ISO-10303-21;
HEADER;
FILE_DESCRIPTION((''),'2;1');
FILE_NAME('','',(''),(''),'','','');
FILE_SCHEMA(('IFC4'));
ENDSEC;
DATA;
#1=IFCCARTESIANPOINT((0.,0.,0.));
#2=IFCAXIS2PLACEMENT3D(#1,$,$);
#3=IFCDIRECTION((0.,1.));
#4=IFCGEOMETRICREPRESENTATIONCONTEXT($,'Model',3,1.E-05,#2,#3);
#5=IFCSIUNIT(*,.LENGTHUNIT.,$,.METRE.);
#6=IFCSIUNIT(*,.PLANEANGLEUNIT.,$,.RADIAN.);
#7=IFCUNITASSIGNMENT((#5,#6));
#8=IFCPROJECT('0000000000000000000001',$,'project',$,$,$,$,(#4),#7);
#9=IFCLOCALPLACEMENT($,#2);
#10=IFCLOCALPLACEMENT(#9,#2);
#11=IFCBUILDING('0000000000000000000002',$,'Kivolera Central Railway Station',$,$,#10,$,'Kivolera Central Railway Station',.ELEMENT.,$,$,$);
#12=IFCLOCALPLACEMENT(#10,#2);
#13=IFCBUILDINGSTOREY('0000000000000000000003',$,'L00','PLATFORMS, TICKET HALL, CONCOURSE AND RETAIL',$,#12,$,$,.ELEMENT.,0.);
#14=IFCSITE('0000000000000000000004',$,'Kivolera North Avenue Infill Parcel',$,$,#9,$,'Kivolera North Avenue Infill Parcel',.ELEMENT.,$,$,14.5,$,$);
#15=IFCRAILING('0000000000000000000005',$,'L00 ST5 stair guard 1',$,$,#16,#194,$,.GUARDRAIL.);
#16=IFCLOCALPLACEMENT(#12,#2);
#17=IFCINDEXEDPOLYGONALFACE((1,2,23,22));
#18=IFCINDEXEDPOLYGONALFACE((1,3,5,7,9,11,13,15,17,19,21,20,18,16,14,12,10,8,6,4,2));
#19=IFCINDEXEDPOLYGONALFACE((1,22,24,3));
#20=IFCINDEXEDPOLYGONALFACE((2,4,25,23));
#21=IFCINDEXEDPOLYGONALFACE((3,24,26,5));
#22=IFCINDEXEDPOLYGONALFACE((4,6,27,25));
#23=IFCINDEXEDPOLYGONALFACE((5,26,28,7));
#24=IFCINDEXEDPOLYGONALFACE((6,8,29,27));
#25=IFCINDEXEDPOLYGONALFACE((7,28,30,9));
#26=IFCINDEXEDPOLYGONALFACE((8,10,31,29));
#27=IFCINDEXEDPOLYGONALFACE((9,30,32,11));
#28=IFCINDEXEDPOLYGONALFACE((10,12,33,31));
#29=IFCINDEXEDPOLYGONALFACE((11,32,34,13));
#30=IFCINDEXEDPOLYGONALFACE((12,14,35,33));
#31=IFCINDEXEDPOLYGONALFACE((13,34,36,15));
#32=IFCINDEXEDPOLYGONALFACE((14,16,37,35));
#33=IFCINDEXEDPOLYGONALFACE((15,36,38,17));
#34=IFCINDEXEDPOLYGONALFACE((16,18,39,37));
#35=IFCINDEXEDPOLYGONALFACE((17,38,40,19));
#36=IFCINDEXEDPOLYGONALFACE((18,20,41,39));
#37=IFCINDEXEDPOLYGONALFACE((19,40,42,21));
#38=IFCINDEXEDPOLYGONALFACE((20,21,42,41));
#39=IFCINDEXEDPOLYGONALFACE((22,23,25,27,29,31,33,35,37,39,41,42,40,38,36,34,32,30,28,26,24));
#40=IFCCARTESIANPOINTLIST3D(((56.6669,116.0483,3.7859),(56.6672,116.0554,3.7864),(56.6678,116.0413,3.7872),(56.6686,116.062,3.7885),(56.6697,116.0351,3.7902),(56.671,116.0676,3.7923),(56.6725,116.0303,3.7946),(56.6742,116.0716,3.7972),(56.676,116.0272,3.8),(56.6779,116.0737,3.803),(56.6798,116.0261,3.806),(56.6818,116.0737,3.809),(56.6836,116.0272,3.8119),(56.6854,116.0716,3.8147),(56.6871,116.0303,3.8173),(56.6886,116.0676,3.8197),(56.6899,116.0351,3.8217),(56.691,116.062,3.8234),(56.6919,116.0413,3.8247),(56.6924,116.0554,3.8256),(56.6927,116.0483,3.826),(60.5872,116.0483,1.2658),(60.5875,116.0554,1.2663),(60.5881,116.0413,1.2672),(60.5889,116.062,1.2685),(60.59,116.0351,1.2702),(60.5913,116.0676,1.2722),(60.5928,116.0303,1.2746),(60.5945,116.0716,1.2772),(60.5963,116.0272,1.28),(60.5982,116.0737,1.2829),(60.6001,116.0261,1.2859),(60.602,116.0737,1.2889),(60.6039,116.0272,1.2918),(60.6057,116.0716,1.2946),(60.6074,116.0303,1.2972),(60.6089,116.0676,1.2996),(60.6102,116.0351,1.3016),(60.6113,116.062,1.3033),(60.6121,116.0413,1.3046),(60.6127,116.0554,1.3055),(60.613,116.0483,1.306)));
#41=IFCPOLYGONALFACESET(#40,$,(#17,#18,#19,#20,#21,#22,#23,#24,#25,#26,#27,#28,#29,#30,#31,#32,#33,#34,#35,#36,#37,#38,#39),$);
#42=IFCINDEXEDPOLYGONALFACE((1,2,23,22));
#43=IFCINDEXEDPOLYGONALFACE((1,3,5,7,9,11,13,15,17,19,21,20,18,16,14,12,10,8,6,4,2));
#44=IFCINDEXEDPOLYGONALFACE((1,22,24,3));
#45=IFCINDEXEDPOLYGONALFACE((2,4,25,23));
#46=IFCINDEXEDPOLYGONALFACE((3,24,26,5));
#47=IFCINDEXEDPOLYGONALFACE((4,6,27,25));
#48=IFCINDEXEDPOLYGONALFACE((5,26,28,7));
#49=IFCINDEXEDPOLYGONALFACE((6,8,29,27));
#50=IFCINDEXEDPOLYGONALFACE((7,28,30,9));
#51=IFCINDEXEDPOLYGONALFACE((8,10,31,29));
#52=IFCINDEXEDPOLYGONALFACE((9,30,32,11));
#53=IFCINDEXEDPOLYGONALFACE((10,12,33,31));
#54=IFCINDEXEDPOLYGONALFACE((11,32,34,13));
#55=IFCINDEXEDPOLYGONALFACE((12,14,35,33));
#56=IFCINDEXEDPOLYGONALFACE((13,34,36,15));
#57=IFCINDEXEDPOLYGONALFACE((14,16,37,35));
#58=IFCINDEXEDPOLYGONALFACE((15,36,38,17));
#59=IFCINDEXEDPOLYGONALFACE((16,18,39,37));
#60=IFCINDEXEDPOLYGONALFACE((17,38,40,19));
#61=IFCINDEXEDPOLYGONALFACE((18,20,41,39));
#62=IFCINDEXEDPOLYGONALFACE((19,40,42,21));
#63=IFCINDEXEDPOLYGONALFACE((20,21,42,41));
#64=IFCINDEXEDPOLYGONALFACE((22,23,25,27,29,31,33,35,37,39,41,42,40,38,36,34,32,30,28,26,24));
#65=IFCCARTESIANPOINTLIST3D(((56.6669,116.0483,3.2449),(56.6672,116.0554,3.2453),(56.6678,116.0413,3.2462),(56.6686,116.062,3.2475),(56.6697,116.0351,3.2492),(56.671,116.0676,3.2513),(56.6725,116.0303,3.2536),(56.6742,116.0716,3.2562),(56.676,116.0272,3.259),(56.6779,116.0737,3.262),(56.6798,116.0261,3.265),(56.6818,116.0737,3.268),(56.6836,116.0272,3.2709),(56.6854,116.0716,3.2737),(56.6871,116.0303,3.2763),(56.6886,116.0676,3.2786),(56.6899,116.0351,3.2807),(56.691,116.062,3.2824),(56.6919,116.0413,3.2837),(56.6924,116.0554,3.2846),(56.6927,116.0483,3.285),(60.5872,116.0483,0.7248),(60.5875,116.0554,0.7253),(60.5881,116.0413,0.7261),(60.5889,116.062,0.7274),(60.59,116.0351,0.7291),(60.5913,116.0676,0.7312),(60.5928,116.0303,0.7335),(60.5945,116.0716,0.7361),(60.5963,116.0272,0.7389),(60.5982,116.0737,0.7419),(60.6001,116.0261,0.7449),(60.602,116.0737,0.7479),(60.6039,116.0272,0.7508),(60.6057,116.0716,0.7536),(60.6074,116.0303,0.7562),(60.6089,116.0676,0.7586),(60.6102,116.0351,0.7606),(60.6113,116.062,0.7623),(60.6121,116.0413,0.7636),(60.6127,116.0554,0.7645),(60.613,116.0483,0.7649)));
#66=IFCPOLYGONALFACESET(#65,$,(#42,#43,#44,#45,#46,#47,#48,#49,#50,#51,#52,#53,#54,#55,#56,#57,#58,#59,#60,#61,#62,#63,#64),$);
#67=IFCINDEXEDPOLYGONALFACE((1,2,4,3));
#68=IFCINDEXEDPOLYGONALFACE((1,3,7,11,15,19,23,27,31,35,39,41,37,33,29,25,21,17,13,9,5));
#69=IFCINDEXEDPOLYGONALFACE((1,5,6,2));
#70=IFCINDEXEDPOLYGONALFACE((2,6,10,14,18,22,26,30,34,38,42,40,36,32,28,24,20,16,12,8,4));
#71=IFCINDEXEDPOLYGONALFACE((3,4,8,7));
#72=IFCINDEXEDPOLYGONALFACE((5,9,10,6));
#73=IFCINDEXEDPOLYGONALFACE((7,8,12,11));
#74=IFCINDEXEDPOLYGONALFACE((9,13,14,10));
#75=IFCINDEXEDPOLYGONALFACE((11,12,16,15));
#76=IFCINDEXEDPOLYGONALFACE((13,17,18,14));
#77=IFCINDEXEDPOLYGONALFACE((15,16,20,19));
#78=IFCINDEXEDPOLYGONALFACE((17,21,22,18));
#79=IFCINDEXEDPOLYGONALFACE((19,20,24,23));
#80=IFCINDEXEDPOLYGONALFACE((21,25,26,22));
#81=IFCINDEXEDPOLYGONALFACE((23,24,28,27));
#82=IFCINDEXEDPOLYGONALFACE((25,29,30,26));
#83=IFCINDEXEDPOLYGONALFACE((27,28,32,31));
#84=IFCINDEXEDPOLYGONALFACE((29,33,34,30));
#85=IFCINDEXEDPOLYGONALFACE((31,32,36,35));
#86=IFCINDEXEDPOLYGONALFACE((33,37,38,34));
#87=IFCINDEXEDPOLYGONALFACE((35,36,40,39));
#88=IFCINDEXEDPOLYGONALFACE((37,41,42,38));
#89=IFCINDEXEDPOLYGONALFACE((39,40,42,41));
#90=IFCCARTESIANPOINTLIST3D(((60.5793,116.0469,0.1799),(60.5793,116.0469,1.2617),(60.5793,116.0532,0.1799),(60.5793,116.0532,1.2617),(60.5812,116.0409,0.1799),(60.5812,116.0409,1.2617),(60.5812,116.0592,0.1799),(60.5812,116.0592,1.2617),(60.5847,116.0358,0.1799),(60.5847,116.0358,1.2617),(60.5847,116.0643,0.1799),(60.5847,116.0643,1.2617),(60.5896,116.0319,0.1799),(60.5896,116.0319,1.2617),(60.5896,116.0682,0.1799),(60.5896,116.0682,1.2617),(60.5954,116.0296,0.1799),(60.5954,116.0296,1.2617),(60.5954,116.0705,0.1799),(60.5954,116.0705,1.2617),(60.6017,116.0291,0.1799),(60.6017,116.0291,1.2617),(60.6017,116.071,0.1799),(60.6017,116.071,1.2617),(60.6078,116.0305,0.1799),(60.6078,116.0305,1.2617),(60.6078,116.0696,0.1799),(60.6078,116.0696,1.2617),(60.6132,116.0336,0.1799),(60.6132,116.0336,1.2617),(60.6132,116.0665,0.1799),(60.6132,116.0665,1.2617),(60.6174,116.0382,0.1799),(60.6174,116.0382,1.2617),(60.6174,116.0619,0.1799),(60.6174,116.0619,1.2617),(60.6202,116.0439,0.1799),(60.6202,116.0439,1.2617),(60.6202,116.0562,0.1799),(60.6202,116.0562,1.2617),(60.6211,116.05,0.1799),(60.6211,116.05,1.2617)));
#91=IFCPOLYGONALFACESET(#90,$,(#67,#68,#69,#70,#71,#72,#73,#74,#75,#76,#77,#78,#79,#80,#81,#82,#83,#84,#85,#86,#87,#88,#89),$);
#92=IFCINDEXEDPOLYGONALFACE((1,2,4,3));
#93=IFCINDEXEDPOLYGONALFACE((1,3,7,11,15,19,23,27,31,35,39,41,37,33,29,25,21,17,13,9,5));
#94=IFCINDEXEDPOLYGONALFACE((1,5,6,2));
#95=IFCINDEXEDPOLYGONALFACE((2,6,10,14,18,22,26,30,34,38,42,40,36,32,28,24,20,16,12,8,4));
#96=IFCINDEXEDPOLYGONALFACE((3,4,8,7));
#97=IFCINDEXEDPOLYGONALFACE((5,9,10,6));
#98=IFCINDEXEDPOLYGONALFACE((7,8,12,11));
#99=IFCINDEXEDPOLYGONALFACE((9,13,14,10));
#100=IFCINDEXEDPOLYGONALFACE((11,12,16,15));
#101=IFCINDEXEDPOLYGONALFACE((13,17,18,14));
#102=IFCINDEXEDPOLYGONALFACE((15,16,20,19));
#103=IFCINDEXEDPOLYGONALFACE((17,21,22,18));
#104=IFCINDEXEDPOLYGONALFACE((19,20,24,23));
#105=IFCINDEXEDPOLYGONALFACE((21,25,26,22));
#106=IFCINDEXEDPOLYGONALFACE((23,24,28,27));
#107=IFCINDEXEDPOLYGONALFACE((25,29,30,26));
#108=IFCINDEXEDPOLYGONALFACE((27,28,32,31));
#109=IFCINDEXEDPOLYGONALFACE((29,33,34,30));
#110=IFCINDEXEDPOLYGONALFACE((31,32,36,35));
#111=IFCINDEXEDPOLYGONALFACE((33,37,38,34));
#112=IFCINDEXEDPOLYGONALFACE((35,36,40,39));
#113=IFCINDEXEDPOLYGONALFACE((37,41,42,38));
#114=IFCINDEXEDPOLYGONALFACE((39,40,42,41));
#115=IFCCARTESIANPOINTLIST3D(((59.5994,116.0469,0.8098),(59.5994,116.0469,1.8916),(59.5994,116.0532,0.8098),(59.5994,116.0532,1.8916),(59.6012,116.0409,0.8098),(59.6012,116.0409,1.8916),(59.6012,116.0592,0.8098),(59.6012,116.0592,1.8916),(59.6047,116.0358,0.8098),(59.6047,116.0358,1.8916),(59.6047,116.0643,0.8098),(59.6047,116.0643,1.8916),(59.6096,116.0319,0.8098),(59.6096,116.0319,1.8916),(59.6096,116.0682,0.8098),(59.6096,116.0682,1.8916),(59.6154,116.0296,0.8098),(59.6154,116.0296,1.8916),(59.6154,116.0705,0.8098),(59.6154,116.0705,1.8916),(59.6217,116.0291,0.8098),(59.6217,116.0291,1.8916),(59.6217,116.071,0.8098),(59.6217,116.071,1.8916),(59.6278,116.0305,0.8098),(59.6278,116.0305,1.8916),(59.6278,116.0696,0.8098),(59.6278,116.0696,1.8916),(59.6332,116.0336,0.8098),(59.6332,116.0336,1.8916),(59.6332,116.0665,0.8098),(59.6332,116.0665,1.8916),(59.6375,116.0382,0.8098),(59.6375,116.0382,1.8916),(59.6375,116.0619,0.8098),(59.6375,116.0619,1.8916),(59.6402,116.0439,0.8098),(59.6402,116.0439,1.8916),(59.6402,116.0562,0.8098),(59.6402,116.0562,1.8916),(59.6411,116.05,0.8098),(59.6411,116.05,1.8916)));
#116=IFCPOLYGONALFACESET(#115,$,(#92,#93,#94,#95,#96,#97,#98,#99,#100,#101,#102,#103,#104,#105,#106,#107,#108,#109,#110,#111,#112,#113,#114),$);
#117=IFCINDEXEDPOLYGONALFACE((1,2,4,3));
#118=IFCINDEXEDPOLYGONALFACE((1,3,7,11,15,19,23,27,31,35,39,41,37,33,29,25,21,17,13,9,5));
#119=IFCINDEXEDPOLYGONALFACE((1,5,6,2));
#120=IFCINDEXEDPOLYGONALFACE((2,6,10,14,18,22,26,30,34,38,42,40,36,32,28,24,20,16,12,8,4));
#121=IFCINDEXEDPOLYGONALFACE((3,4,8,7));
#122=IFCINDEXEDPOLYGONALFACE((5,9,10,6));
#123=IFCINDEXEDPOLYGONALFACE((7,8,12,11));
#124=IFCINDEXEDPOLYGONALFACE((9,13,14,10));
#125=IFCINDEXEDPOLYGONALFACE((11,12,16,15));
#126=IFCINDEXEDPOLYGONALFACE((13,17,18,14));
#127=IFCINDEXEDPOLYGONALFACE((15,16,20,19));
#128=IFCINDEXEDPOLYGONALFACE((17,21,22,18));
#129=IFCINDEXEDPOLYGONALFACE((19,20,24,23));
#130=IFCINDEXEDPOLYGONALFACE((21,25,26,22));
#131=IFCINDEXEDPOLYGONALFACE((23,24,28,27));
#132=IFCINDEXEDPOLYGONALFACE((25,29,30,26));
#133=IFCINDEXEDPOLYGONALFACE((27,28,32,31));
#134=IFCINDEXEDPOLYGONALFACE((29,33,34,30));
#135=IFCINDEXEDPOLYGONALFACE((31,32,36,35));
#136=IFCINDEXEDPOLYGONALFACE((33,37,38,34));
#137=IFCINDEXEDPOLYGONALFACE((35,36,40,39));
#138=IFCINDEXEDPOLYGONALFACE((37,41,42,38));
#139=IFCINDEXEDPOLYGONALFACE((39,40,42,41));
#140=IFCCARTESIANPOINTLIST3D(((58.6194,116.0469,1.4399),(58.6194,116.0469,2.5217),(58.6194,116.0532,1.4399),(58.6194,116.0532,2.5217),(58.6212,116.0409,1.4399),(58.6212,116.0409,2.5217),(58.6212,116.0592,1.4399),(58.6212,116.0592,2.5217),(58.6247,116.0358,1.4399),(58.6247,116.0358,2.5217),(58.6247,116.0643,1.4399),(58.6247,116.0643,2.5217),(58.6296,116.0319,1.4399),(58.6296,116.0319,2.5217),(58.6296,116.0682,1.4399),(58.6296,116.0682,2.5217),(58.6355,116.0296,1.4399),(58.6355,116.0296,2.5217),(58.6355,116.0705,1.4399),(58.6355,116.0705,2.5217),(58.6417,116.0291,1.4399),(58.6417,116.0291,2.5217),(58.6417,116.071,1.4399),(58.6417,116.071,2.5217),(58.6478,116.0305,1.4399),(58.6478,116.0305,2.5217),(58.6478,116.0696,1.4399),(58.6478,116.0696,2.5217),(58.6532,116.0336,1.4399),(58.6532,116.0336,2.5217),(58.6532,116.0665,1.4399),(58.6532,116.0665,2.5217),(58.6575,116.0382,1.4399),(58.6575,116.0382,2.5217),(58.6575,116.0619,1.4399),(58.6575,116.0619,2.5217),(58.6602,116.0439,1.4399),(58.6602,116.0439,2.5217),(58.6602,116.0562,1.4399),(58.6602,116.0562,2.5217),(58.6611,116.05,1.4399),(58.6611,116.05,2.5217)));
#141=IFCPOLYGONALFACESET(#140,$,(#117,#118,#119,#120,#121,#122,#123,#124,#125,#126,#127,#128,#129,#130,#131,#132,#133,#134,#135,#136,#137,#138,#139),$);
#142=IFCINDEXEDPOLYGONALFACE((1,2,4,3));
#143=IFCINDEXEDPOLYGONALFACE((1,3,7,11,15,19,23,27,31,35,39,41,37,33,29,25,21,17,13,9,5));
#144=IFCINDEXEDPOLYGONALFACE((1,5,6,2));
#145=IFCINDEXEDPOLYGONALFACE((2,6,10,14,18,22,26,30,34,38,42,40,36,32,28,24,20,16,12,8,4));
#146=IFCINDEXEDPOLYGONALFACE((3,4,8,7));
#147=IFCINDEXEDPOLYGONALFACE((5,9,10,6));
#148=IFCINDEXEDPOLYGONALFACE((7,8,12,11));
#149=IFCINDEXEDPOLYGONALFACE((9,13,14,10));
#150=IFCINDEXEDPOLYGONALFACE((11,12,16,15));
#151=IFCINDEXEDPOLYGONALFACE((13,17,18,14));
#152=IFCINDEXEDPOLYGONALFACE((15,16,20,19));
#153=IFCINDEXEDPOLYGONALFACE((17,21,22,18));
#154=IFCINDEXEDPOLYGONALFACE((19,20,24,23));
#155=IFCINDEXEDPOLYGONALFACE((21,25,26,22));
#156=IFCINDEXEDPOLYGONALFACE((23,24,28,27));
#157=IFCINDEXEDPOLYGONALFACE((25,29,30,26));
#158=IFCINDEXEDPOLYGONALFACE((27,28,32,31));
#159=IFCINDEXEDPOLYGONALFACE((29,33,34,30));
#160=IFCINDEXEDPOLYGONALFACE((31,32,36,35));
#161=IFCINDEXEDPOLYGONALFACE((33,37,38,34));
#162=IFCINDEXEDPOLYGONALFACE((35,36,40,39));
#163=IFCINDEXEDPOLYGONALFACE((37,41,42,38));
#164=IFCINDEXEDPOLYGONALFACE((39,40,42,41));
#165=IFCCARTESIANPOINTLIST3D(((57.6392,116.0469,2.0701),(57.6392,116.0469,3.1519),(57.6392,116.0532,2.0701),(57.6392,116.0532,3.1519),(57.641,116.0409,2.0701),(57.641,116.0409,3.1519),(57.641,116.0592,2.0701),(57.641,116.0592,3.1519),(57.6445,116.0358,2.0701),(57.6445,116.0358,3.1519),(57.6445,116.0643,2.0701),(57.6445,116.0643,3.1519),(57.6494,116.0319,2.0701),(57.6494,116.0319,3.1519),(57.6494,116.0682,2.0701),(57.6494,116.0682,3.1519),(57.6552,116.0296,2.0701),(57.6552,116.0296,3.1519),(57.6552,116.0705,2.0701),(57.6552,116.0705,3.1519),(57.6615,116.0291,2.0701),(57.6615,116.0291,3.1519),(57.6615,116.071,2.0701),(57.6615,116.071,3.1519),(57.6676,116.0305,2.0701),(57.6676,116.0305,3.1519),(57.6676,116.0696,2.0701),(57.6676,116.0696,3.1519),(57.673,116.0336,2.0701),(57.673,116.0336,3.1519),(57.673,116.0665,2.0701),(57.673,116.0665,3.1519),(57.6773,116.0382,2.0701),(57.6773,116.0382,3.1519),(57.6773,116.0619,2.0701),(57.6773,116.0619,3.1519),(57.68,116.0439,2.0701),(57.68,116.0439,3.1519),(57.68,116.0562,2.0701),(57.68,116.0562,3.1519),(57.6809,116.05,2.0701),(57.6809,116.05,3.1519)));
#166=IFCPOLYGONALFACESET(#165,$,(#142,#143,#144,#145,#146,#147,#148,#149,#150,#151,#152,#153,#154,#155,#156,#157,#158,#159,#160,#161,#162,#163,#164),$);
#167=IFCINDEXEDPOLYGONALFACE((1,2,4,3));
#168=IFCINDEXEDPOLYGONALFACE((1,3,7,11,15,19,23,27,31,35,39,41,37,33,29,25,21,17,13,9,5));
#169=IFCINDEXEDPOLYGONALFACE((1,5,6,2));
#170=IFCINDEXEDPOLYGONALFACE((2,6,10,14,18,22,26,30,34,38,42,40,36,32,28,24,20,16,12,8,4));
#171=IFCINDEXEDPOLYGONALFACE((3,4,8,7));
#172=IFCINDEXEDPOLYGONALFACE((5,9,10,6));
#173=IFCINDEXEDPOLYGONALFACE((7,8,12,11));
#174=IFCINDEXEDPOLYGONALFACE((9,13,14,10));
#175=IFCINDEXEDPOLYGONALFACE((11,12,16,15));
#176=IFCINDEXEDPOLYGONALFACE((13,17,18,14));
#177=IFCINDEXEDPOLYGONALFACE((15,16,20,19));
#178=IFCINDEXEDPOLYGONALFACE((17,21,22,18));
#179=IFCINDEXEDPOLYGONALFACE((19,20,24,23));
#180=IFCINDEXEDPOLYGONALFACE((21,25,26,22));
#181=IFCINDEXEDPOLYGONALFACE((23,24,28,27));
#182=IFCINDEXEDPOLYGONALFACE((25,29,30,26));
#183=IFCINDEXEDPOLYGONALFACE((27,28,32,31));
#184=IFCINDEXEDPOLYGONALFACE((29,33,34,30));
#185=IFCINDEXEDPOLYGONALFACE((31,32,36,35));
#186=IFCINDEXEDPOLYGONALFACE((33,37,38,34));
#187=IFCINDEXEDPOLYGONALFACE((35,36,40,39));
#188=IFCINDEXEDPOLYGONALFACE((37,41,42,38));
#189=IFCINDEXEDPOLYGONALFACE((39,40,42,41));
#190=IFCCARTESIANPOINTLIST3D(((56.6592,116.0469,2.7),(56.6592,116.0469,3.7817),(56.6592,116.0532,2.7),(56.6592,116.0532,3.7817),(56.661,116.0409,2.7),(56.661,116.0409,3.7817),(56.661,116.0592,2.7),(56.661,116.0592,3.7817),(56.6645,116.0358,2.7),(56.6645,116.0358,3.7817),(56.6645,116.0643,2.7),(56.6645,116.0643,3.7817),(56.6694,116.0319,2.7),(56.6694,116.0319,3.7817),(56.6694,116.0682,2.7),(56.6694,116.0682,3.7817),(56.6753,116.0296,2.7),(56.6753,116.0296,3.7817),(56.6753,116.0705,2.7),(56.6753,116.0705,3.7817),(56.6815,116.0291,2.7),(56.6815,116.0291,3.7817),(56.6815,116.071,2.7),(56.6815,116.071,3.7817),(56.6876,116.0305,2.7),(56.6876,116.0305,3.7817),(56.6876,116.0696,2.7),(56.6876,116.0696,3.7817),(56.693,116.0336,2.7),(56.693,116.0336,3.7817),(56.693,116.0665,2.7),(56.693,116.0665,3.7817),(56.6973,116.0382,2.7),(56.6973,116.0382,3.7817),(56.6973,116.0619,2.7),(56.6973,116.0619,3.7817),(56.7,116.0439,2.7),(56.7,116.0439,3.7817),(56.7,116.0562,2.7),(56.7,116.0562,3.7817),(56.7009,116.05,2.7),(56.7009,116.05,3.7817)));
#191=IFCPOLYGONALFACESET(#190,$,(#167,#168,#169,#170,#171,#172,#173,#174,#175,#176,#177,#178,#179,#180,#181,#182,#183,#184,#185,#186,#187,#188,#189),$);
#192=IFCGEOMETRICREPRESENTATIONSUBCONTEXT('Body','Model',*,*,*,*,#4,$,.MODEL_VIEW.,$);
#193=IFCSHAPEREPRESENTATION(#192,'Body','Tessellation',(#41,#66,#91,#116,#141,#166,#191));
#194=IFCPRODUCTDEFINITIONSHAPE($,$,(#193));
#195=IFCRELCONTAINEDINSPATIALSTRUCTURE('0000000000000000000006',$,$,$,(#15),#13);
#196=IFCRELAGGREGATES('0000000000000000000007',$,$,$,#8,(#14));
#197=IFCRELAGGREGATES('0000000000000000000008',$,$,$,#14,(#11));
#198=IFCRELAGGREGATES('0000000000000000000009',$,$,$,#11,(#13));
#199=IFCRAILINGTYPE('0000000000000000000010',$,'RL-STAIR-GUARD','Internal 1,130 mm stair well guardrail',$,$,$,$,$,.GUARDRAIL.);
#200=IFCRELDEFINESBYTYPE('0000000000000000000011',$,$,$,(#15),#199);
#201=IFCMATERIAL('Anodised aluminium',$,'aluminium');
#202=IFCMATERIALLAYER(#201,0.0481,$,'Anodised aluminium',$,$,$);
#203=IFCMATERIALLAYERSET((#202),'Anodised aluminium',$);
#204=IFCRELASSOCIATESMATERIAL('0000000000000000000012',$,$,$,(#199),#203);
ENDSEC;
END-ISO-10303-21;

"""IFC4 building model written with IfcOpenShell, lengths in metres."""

from ifc_helpers import new_model, si_unit, direction, frame, origin, origin_2d, place, context, subcontext, project, spatial, circle, extrude, material, layer, layer_set, type_object, element, save


model = new_model("IFC4")

# Units and contexts
model_context = context("Model", 3, precision=1e-05, world=origin(), true_north=direction((0.0, 1.0)))
body_context = subcontext(model_context, "Body", "Model", "MODEL_VIEW")
ifc_project = project(units=[si_unit("LENGTHUNIT", "METRE"), si_unit("PLANEANGLEUNIT", "RADIAN")], contexts=[model_context])

# Site, building, storey
site_placement = place(None, origin())
site = spatial("IfcSite", under=ifc_project, at=site_placement, Name="Kivolera North Avenue Infill Parcel", LongName="Kivolera North Avenue Infill Parcel", CompositionType="ELEMENT", RefElevation=14.5)
building_placement = place(site_placement, origin())
building = spatial("IfcBuilding", under=site, at=building_placement, Name="Kivolera Central Railway Station", LongName="Kivolera Central Railway Station", CompositionType="ELEMENT")
storey_placement = place(building_placement, origin())
storey = spatial("IfcBuildingStorey", under=building, at=storey_placement, Name="L00", Description="PLATFORMS, TICKET HALL, CONCOURSE AND RETAIL", CompositionType="ELEMENT", Elevation=0.0)

# Railing
ifc_material_1 = material(Name="Anodised aluminium", Category="aluminium")
ifc_layer_1 = layer(ifc_material_1, 0.0481, Name="Anodised aluminium")
ifc_layer_set_1 = layer_set([ifc_layer_1], Name="Anodised aluminium")
railing_type_1 = type_object("IfcRailingType", Name="RL-STAIR-GUARD", Description="Internal 1,130 mm stair well guardrail", PredefinedType="GUARDRAIL", material=ifc_layer_set_1)
railing_1_placement = place(storey_placement, frame((60.6001, 116.05, 0.1799)))
element("IfcRailing", 1, at=railing_1_placement, inside=storey, type_object=railing_type_1, Name="L00 ST5 stair guard 1", PredefinedType="GUARDRAIL", context=body_context, shape_type="SweptSolid", body=[
    extrude(circle(Radius=0.0239, at=origin_2d()), frame((0.0, 0.0, 1.106), z_axis=(-0.841187, 0.0, 0.540744), x_axis=(0.0, -1.0, 0.0)), (0.0, 0.0, 1.0), 4.6604),
    extrude(circle(Radius=0.0239, at=origin_2d()), frame((0.0, 0.0, 0.5649), z_axis=(-0.841187, 0.0, 0.540744), x_axis=(0.0, -1.0, 0.0)), (0.0, 0.0, 1.0), 4.6604),
    extrude(circle(Radius=0.021, at=origin_2d()), origin(), (0.0, 0.0, 1.0), 1.0818),
    extrude(circle(Radius=0.021, at=origin_2d()), frame((-0.98, 0.0, 0.6299)), (0.0, 0.0, 1.0), 1.0818),
    extrude(circle(Radius=0.021, at=origin_2d()), frame((-1.96, 0.0, 1.26)), (0.0, 0.0, 1.0), 1.0818),
    extrude(circle(Radius=0.021, at=origin_2d()), frame((-2.9402, 0.0, 1.8901)), (0.0, 0.0, 1.0), 1.0818),
    extrude(circle(Radius=0.021, at=origin_2d()), frame((-3.9202, 0.0, 2.52)), (0.0, 0.0, 1.0), 1.0818),
])

save(model, "model.ifc")
